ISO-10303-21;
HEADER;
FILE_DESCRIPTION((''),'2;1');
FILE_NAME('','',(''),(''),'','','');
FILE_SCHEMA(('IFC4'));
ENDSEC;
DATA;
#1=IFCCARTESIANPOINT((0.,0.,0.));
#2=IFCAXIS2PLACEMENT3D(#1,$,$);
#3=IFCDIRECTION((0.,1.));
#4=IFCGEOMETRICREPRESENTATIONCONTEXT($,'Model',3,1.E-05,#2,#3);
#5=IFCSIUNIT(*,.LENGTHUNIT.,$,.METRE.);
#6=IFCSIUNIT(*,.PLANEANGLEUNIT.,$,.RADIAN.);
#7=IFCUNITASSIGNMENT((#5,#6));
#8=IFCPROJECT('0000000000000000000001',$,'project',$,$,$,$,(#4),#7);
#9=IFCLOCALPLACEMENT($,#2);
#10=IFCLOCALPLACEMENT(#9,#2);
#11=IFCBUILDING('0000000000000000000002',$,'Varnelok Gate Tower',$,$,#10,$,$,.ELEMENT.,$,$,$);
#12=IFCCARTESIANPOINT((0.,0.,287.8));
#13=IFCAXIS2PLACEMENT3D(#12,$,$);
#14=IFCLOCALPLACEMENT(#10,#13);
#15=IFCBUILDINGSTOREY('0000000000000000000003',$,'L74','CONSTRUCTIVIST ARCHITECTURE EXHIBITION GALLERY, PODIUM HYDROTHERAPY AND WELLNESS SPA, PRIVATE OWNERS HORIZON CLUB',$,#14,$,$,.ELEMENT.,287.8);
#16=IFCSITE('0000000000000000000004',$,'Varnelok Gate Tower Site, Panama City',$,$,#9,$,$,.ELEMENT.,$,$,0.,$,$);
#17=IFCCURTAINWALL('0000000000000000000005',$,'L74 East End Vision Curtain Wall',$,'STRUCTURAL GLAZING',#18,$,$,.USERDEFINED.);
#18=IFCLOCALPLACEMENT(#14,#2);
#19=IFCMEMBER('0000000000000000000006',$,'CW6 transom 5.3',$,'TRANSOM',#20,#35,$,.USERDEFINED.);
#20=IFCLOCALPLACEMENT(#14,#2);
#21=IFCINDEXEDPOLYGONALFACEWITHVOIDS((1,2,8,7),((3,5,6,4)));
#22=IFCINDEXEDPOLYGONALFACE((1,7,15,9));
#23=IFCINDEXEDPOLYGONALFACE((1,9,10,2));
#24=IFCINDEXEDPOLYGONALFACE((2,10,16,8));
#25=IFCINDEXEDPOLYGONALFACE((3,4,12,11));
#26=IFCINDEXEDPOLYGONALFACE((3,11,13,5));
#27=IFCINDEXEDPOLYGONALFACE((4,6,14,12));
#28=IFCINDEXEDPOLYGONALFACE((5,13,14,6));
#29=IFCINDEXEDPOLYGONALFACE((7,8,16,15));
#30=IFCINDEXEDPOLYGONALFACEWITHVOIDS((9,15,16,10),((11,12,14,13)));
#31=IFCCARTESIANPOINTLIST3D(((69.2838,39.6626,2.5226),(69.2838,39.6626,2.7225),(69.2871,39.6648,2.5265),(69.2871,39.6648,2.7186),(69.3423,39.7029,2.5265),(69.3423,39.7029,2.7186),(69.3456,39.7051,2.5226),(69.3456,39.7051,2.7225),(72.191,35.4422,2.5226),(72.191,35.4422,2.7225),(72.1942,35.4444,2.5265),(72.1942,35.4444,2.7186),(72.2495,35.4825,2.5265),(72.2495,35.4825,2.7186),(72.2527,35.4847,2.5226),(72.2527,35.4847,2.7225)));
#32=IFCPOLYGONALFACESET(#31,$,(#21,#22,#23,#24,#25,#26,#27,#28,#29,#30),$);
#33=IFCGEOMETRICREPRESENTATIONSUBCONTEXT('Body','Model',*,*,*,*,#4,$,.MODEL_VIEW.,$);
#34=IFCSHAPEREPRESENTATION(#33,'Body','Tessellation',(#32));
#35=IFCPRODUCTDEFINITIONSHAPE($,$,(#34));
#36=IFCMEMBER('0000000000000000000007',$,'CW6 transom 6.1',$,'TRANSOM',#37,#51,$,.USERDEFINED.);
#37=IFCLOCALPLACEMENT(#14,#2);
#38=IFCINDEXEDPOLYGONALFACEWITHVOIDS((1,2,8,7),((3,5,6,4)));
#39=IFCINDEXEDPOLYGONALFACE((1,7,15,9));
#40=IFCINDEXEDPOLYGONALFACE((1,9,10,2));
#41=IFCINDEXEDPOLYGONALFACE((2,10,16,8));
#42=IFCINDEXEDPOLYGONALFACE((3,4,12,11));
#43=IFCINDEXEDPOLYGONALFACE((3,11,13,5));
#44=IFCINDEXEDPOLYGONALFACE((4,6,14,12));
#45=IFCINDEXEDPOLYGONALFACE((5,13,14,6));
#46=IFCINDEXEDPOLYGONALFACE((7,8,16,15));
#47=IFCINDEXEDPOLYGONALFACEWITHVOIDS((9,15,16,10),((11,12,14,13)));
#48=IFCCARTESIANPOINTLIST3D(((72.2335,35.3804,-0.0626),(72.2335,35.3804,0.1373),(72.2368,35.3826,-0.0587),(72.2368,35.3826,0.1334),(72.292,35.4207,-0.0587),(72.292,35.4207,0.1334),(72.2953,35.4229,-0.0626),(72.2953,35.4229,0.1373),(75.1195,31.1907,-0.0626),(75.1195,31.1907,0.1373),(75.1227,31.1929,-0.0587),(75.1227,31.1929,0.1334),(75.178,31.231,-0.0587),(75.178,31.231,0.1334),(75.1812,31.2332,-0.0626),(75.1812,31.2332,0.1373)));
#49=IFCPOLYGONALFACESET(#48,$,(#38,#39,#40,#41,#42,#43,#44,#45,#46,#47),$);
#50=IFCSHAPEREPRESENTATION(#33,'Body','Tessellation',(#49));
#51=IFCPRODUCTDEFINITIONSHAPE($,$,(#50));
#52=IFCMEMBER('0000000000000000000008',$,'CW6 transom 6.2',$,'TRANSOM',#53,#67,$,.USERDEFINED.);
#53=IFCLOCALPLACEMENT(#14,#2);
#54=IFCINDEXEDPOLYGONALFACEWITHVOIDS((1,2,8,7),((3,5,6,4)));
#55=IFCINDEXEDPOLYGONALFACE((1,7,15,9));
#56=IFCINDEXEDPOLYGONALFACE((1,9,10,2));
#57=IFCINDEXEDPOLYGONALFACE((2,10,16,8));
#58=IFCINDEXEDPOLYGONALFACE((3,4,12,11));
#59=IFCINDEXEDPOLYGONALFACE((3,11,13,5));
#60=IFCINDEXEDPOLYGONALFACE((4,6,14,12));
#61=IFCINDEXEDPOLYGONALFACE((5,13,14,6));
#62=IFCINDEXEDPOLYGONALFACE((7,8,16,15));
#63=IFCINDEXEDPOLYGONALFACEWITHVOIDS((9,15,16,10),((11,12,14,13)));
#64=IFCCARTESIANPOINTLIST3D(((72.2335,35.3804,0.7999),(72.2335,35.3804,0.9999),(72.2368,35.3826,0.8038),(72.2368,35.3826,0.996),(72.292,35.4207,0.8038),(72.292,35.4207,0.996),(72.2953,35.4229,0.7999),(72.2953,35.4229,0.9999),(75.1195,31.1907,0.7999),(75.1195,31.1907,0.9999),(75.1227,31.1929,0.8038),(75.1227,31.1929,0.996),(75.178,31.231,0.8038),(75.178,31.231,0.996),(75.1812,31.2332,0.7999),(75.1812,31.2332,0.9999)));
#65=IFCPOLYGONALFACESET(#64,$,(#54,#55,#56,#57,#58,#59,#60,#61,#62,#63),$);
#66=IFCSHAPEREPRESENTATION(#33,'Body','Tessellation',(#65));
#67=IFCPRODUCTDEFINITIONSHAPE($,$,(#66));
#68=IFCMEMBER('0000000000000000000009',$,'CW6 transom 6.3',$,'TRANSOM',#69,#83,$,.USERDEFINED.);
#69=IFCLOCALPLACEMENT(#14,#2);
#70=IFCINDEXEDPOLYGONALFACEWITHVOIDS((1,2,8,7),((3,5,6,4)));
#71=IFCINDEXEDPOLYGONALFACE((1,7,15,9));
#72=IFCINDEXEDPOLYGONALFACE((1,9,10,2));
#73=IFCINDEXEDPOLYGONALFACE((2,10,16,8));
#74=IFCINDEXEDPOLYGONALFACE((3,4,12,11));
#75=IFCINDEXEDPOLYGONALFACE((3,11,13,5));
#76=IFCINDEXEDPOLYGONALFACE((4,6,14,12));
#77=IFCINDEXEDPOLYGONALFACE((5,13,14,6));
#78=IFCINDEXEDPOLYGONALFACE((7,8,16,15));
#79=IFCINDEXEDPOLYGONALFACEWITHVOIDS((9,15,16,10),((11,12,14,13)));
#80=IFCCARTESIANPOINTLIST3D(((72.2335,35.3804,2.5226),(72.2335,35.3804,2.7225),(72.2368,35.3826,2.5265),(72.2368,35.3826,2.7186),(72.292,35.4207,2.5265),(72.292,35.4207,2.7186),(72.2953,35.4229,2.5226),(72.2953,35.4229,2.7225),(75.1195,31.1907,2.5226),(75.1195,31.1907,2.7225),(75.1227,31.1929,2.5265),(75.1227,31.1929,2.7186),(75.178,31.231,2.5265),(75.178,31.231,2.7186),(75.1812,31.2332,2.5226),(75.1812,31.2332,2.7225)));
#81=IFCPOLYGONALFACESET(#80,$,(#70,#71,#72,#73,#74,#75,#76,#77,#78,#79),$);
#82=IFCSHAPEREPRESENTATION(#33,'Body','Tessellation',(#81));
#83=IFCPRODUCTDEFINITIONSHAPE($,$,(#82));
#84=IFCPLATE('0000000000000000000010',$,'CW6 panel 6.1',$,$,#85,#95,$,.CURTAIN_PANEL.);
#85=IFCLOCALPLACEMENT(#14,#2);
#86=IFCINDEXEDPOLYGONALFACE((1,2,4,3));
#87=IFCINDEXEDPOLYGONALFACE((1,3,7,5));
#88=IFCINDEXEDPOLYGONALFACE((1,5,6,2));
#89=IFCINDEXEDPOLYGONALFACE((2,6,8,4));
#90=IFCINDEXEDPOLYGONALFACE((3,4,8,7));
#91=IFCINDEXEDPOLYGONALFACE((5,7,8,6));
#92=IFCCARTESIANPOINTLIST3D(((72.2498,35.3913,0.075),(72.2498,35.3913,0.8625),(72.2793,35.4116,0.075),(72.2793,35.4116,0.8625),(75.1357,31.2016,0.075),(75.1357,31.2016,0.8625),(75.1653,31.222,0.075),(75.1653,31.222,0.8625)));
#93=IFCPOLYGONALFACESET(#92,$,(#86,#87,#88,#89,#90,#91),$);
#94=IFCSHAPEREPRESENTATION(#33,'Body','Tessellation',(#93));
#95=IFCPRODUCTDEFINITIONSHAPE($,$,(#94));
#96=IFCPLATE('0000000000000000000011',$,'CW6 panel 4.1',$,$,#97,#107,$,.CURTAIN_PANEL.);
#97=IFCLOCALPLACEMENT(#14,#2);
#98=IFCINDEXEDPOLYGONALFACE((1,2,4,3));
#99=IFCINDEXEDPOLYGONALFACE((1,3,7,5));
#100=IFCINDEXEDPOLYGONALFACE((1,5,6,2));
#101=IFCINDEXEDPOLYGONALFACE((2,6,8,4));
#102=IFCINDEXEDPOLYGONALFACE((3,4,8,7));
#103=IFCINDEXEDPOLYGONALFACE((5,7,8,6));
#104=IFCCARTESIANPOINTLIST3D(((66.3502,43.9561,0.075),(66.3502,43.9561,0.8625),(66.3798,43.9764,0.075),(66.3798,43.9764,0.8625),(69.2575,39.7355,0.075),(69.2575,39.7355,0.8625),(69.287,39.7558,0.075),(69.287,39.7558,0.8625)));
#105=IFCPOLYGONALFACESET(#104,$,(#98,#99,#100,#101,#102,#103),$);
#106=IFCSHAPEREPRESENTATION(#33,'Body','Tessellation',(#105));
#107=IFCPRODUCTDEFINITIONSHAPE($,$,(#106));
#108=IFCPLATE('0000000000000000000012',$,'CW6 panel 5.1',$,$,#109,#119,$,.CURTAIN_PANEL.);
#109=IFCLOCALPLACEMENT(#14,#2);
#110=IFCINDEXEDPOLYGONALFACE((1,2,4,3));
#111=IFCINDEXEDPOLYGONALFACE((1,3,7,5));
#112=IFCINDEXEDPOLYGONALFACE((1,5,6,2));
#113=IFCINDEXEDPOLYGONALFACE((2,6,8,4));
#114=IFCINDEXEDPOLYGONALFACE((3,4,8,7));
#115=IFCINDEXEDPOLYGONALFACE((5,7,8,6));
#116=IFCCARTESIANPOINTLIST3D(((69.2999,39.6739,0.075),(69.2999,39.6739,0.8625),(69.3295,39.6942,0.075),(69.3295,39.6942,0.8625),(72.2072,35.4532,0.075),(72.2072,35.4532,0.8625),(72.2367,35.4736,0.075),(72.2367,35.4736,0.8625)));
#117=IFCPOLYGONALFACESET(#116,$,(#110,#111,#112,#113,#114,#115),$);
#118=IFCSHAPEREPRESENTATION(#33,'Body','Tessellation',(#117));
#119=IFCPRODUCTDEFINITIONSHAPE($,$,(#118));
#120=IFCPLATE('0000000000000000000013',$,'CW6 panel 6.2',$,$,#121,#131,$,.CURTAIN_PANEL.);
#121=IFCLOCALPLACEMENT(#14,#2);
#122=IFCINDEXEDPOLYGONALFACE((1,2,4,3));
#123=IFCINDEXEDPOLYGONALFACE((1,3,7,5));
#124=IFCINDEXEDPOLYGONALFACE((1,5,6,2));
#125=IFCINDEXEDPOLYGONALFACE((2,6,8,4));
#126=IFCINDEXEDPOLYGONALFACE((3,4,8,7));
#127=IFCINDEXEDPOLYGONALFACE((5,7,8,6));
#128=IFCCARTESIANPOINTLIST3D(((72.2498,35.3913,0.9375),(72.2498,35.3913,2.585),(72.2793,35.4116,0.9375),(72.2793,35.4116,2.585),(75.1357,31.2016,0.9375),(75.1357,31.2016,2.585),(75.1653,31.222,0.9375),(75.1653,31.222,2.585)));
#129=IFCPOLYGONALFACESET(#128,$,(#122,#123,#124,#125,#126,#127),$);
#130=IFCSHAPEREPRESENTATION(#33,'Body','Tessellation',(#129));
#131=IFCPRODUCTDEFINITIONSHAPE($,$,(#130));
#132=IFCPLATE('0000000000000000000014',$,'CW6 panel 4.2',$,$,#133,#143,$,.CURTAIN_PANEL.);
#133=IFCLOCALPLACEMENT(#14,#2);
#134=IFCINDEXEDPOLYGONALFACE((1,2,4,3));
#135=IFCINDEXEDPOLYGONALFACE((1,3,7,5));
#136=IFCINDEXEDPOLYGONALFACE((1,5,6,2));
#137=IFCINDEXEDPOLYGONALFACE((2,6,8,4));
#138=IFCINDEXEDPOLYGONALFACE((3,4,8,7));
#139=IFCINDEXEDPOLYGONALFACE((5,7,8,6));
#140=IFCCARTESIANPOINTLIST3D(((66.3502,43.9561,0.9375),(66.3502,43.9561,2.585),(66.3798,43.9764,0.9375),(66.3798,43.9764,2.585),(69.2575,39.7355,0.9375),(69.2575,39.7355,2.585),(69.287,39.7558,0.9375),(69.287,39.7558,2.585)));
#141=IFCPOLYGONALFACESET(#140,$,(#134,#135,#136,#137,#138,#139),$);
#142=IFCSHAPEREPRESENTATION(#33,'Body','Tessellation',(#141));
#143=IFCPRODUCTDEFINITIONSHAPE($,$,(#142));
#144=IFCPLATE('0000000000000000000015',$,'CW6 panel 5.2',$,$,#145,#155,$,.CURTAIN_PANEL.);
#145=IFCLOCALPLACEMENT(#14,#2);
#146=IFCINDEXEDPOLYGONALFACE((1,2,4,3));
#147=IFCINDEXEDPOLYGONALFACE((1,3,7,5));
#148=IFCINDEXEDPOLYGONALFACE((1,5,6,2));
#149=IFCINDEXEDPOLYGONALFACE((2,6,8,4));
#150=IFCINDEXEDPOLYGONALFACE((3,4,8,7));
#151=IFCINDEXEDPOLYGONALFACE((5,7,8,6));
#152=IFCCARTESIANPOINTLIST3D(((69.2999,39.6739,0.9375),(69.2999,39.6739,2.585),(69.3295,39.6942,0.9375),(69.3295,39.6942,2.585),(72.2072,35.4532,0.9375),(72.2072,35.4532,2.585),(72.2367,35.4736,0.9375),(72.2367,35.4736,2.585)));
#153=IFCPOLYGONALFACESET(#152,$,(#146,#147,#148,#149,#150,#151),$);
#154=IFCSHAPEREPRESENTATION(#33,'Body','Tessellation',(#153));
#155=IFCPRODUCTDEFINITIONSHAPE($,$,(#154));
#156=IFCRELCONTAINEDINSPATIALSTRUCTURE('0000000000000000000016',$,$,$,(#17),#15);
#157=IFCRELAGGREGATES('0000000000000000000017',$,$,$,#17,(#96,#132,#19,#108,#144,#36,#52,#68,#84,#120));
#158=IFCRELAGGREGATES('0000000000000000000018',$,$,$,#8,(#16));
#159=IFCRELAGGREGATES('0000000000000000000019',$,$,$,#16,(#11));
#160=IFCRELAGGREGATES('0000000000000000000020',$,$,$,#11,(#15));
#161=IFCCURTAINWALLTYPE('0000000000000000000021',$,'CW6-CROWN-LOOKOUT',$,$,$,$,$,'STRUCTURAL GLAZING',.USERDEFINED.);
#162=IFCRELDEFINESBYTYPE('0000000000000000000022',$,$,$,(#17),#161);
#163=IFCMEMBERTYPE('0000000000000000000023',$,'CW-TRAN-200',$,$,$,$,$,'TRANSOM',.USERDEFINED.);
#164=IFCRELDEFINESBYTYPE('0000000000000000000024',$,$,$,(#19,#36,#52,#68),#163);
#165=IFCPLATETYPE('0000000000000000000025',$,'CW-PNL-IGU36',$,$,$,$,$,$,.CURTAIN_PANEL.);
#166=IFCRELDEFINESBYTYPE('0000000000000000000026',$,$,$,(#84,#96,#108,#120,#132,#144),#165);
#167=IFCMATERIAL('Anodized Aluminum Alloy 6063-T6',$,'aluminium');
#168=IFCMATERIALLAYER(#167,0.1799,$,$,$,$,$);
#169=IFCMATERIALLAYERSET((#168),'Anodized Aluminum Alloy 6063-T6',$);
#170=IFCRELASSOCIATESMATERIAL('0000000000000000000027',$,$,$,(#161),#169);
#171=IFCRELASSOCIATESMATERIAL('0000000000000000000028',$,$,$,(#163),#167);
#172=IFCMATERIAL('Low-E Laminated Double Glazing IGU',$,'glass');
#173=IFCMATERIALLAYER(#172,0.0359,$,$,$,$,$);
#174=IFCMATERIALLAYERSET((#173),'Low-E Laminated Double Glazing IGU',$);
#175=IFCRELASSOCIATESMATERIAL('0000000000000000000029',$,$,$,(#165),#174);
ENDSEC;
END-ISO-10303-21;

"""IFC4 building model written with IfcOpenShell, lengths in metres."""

from ifc_helpers import new_model, si_unit, direction, frame, origin, origin_2d, place, context, subcontext, project, spatial, rectangle, hollow_rectangle, extrude, source, transform, mapped, material, layer, layer_set, material_profile, profile_set, type_object, element, aggregate, save


model = new_model("IFC4")

# Units and contexts
model_context = context("Model", 3, precision=1e-05, world=origin(), true_north=direction((0.0, 1.0)))
body_context = subcontext(model_context, "Body", "Model", "MODEL_VIEW")
ifc_project = project(units=[si_unit("LENGTHUNIT", "METRE"), si_unit("PLANEANGLEUNIT", "RADIAN")], contexts=[model_context])

# Site, building, storey
site_placement = place(None, origin())
site = spatial("IfcSite", under=ifc_project, at=site_placement, Name="Varnelok Gate Tower Site, Panama City", CompositionType="ELEMENT", RefElevation=0.0)
building_placement = place(site_placement, origin())
building = spatial("IfcBuilding", under=site, at=building_placement, Name="Varnelok Gate Tower", CompositionType="ELEMENT")
storey_placement = place(building_placement, frame((0.0, 0.0, 287.8)))
storey = spatial("IfcBuildingStorey", under=building, at=storey_placement, Name="L74", Description="CONSTRUCTIVIST ARCHITECTURE EXHIBITION GALLERY, PODIUM HYDROTHERAPY AND WELLNESS SPA, PRIVATE OWNERS HORIZON CLUB", CompositionType="ELEMENT", Elevation=287.8)

# Curtain wall, members, plates
ifc_material_1 = material(Name="Anodized Aluminum Alloy 6063-T6", Category="aluminium")
ifc_layer_1 = layer(ifc_material_1, 0.1799)
ifc_layer_set_1 = layer_set([ifc_layer_1], Name="Anodized Aluminum Alloy 6063-T6")
curtain_wall_type = type_object("IfcCurtainWallType", Name="CW6-CROWN-LOOKOUT", ElementType="STRUCTURAL GLAZING", PredefinedType="USERDEFINED", material=ifc_layer_set_1)
curtain_wall_placement = place(storey_placement, origin())
curtain_wall = element("IfcCurtainWall", 1, at=curtain_wall_placement, inside=storey, type_object=curtain_wall_type, Name="L74 East End Vision Curtain Wall", ObjectType="STRUCTURAL GLAZING", PredefinedType="USERDEFINED")
ifc_material_profile_1 = material_profile(ifc_material_1, hollow_rectangle(XDim=0.075, YDim=0.2, WallThickness=0.0039, at=origin_2d()), Name="ALU200X75X4")
ifc_profile_set_1 = profile_set([ifc_material_profile_1], Name="Anodized Aluminum Alloy 6063-T6")
member_type_1 = type_object("IfcMemberType", Name="CW-TRAN-200", ElementType="TRANSOM", PredefinedType="USERDEFINED", material=ifc_profile_set_1)
member_1_placement = place(storey_placement, frame((69.3147, 39.6838, 2.6226), z_axis=(0.567279, -0.823526, 0.0), x_axis=(0.823526, 0.567279, 0.0)))
member_1 = element("IfcMember", 2, at=member_1_placement, type_object=member_type_1, Name="CW6 transom 5.3", ObjectType="TRANSOM", PredefinedType="USERDEFINED", context=body_context, shape_type="SweptSolid", body=[
    extrude(hollow_rectangle(XDim=0.075, YDim=0.2, WallThickness=0.0039, at=origin_2d()), origin(), (0.0, 0.0, 1.0), 5.1248),
])
member_2_placement = place(storey_placement, frame((72.2644, 35.4016, 0.0374), z_axis=(0.567272, -0.823531, 0.0), x_axis=(0.823531, 0.567272, 0.0)))
member_2 = element("IfcMember", 3, at=member_2_placement, type_object=member_type_1, Name="CW6 transom 6.1", ObjectType="TRANSOM", PredefinedType="USERDEFINED", context=body_context, shape_type="SweptSolid", body=[
    extrude(hollow_rectangle(XDim=0.075, YDim=0.2, WallThickness=0.0039, at=origin_2d()), origin(), (0.0, 0.0, 1.0), 5.0874),
])
member_3_placement = place(storey_placement, frame((72.2644, 35.4016, 0.8999), z_axis=(0.567272, -0.823531, 0.0), x_axis=(0.823531, 0.567272, 0.0)))
member_3 = element("IfcMember", 4, at=member_3_placement, type_object=member_type_1, Name="CW6 transom 6.2", ObjectType="TRANSOM", PredefinedType="USERDEFINED", context=body_context, shape_type="SweptSolid", body=[
    extrude(hollow_rectangle(XDim=0.075, YDim=0.2, WallThickness=0.0039, at=origin_2d()), origin(), (0.0, 0.0, 1.0), 5.0874),
])
member_4_placement = place(storey_placement, frame((72.2644, 35.4016, 2.6226), z_axis=(0.567272, -0.823531, 0.0), x_axis=(0.823531, 0.567272, 0.0)))
member_4 = element("IfcMember", 5, at=member_4_placement, type_object=member_type_1, Name="CW6 transom 6.3", ObjectType="TRANSOM", PredefinedType="USERDEFINED", context=body_context, shape_type="SweptSolid", body=[
    extrude(hollow_rectangle(XDim=0.075, YDim=0.2, WallThickness=0.0039, at=origin_2d()), origin(), (0.0, 0.0, 1.0), 5.0874),
])
ifc_material_2 = material(Name="Low-E Laminated Double Glazing IGU", Category="glass")
ifc_layer_2 = layer(ifc_material_2, 0.0359)
ifc_layer_set_2 = layer_set([ifc_layer_2], Name="Low-E Laminated Double Glazing IGU")
plate_type = type_object("IfcPlateType", Name="CW-PNL-IGU36", PredefinedType="CURTAIN_PANEL", material=ifc_layer_set_2)
shared_shape_1 = source(origin(), body_context, "Body", "SweptSolid", [
    extrude(rectangle(XDim=5.0874, YDim=0.0359, at=origin_2d()), origin(), (0.0, 0.0, 1.0), 0.7876),
])
plate_1_placement = place(storey_placement, frame((73.7075, 33.3066, 0.075), z_axis=(0.0, 0.0, 1.0), x_axis=(0.567269, -0.823532, 0.0)))
plate_1 = element("IfcPlate", 6, at=plate_1_placement, type_object=plate_type, Name="CW6 panel 6.1", PredefinedType="CURTAIN_PANEL", context=body_context, shape_type="MappedRepresentation", body=[
    mapped(shared_shape_1, transform((0.0, 0.0, 0.0), scale=1.0)),
])
shared_shape_2 = source(origin(), body_context, "Body", "SweptSolid", [
    extrude(rectangle(XDim=5.125, YDim=0.0359, at=origin_2d()), origin(), (0.0, 0.0, 1.0), 0.7876),
])
plate_2_placement = place(storey_placement, frame((67.8186, 41.856, 0.075), z_axis=(0.0, 0.0, 1.0), x_axis=(0.567269, -0.823532, 0.0)))
plate_2 = element("IfcPlate", 7, at=plate_2_placement, type_object=plate_type, Name="CW6 panel 4.1", PredefinedType="CURTAIN_PANEL", context=body_context, shape_type="MappedRepresentation", body=[
    mapped(shared_shape_2, transform((0.0, 0.0, 0.0), scale=1.0)),
])
plate_3_placement = place(storey_placement, frame((70.7683, 37.5737, 0.075), z_axis=(0.0, 0.0, 1.0), x_axis=(0.567269, -0.823532, 0.0)))
plate_3 = element("IfcPlate", 8, at=plate_3_placement, type_object=plate_type, Name="CW6 panel 5.1", PredefinedType="CURTAIN_PANEL", context=body_context, shape_type="MappedRepresentation", body=[
    mapped(shared_shape_2, transform((0.0, 0.0, 0.0), scale=1.0)),
])
shared_shape_3 = source(origin(), body_context, "Body", "SweptSolid", [
    extrude(rectangle(XDim=5.0874, YDim=0.0359, at=origin_2d()), origin(), (0.0, 0.0, 1.0), 1.6475),
])
plate_4_placement = place(storey_placement, frame((73.7075, 33.3066, 0.9375), z_axis=(0.0, 0.0, 1.0), x_axis=(0.567269, -0.823532, 0.0)))
plate_4 = element("IfcPlate", 9, at=plate_4_placement, type_object=plate_type, Name="CW6 panel 6.2", PredefinedType="CURTAIN_PANEL", context=body_context, shape_type="MappedRepresentation", body=[
    mapped(shared_shape_3, transform((0.0, 0.0, 0.0), scale=1.0)),
])
shared_shape_4 = source(origin(), body_context, "Body", "SweptSolid", [
    extrude(rectangle(XDim=5.125, YDim=0.0359, at=origin_2d()), origin(), (0.0, 0.0, 1.0), 1.6475),
])
plate_5_placement = place(storey_placement, frame((67.8186, 41.856, 0.9375), z_axis=(0.0, 0.0, 1.0), x_axis=(0.567269, -0.823532, 0.0)))
plate_5 = element("IfcPlate", 10, at=plate_5_placement, type_object=plate_type, Name="CW6 panel 4.2", PredefinedType="CURTAIN_PANEL", context=body_context, shape_type="MappedRepresentation", body=[
    mapped(shared_shape_4, transform((0.0, 0.0, 0.0), scale=1.0)),
])
plate_6_placement = place(storey_placement, frame((70.7683, 37.5737, 0.9375), z_axis=(0.0, 0.0, 1.0), x_axis=(0.567269, -0.823532, 0.0)))
plate_6 = element("IfcPlate", 11, at=plate_6_placement, type_object=plate_type, Name="CW6 panel 5.2", PredefinedType="CURTAIN_PANEL", context=body_context, shape_type="MappedRepresentation", body=[
    mapped(shared_shape_4, transform((0.0, 0.0, 0.0), scale=1.0)),
])
aggregate(curtain_wall, [plate_2, plate_5, member_1, plate_3, plate_6, member_2, member_3, member_4, plate_1, plate_4])

save(model, "model.ifc")
